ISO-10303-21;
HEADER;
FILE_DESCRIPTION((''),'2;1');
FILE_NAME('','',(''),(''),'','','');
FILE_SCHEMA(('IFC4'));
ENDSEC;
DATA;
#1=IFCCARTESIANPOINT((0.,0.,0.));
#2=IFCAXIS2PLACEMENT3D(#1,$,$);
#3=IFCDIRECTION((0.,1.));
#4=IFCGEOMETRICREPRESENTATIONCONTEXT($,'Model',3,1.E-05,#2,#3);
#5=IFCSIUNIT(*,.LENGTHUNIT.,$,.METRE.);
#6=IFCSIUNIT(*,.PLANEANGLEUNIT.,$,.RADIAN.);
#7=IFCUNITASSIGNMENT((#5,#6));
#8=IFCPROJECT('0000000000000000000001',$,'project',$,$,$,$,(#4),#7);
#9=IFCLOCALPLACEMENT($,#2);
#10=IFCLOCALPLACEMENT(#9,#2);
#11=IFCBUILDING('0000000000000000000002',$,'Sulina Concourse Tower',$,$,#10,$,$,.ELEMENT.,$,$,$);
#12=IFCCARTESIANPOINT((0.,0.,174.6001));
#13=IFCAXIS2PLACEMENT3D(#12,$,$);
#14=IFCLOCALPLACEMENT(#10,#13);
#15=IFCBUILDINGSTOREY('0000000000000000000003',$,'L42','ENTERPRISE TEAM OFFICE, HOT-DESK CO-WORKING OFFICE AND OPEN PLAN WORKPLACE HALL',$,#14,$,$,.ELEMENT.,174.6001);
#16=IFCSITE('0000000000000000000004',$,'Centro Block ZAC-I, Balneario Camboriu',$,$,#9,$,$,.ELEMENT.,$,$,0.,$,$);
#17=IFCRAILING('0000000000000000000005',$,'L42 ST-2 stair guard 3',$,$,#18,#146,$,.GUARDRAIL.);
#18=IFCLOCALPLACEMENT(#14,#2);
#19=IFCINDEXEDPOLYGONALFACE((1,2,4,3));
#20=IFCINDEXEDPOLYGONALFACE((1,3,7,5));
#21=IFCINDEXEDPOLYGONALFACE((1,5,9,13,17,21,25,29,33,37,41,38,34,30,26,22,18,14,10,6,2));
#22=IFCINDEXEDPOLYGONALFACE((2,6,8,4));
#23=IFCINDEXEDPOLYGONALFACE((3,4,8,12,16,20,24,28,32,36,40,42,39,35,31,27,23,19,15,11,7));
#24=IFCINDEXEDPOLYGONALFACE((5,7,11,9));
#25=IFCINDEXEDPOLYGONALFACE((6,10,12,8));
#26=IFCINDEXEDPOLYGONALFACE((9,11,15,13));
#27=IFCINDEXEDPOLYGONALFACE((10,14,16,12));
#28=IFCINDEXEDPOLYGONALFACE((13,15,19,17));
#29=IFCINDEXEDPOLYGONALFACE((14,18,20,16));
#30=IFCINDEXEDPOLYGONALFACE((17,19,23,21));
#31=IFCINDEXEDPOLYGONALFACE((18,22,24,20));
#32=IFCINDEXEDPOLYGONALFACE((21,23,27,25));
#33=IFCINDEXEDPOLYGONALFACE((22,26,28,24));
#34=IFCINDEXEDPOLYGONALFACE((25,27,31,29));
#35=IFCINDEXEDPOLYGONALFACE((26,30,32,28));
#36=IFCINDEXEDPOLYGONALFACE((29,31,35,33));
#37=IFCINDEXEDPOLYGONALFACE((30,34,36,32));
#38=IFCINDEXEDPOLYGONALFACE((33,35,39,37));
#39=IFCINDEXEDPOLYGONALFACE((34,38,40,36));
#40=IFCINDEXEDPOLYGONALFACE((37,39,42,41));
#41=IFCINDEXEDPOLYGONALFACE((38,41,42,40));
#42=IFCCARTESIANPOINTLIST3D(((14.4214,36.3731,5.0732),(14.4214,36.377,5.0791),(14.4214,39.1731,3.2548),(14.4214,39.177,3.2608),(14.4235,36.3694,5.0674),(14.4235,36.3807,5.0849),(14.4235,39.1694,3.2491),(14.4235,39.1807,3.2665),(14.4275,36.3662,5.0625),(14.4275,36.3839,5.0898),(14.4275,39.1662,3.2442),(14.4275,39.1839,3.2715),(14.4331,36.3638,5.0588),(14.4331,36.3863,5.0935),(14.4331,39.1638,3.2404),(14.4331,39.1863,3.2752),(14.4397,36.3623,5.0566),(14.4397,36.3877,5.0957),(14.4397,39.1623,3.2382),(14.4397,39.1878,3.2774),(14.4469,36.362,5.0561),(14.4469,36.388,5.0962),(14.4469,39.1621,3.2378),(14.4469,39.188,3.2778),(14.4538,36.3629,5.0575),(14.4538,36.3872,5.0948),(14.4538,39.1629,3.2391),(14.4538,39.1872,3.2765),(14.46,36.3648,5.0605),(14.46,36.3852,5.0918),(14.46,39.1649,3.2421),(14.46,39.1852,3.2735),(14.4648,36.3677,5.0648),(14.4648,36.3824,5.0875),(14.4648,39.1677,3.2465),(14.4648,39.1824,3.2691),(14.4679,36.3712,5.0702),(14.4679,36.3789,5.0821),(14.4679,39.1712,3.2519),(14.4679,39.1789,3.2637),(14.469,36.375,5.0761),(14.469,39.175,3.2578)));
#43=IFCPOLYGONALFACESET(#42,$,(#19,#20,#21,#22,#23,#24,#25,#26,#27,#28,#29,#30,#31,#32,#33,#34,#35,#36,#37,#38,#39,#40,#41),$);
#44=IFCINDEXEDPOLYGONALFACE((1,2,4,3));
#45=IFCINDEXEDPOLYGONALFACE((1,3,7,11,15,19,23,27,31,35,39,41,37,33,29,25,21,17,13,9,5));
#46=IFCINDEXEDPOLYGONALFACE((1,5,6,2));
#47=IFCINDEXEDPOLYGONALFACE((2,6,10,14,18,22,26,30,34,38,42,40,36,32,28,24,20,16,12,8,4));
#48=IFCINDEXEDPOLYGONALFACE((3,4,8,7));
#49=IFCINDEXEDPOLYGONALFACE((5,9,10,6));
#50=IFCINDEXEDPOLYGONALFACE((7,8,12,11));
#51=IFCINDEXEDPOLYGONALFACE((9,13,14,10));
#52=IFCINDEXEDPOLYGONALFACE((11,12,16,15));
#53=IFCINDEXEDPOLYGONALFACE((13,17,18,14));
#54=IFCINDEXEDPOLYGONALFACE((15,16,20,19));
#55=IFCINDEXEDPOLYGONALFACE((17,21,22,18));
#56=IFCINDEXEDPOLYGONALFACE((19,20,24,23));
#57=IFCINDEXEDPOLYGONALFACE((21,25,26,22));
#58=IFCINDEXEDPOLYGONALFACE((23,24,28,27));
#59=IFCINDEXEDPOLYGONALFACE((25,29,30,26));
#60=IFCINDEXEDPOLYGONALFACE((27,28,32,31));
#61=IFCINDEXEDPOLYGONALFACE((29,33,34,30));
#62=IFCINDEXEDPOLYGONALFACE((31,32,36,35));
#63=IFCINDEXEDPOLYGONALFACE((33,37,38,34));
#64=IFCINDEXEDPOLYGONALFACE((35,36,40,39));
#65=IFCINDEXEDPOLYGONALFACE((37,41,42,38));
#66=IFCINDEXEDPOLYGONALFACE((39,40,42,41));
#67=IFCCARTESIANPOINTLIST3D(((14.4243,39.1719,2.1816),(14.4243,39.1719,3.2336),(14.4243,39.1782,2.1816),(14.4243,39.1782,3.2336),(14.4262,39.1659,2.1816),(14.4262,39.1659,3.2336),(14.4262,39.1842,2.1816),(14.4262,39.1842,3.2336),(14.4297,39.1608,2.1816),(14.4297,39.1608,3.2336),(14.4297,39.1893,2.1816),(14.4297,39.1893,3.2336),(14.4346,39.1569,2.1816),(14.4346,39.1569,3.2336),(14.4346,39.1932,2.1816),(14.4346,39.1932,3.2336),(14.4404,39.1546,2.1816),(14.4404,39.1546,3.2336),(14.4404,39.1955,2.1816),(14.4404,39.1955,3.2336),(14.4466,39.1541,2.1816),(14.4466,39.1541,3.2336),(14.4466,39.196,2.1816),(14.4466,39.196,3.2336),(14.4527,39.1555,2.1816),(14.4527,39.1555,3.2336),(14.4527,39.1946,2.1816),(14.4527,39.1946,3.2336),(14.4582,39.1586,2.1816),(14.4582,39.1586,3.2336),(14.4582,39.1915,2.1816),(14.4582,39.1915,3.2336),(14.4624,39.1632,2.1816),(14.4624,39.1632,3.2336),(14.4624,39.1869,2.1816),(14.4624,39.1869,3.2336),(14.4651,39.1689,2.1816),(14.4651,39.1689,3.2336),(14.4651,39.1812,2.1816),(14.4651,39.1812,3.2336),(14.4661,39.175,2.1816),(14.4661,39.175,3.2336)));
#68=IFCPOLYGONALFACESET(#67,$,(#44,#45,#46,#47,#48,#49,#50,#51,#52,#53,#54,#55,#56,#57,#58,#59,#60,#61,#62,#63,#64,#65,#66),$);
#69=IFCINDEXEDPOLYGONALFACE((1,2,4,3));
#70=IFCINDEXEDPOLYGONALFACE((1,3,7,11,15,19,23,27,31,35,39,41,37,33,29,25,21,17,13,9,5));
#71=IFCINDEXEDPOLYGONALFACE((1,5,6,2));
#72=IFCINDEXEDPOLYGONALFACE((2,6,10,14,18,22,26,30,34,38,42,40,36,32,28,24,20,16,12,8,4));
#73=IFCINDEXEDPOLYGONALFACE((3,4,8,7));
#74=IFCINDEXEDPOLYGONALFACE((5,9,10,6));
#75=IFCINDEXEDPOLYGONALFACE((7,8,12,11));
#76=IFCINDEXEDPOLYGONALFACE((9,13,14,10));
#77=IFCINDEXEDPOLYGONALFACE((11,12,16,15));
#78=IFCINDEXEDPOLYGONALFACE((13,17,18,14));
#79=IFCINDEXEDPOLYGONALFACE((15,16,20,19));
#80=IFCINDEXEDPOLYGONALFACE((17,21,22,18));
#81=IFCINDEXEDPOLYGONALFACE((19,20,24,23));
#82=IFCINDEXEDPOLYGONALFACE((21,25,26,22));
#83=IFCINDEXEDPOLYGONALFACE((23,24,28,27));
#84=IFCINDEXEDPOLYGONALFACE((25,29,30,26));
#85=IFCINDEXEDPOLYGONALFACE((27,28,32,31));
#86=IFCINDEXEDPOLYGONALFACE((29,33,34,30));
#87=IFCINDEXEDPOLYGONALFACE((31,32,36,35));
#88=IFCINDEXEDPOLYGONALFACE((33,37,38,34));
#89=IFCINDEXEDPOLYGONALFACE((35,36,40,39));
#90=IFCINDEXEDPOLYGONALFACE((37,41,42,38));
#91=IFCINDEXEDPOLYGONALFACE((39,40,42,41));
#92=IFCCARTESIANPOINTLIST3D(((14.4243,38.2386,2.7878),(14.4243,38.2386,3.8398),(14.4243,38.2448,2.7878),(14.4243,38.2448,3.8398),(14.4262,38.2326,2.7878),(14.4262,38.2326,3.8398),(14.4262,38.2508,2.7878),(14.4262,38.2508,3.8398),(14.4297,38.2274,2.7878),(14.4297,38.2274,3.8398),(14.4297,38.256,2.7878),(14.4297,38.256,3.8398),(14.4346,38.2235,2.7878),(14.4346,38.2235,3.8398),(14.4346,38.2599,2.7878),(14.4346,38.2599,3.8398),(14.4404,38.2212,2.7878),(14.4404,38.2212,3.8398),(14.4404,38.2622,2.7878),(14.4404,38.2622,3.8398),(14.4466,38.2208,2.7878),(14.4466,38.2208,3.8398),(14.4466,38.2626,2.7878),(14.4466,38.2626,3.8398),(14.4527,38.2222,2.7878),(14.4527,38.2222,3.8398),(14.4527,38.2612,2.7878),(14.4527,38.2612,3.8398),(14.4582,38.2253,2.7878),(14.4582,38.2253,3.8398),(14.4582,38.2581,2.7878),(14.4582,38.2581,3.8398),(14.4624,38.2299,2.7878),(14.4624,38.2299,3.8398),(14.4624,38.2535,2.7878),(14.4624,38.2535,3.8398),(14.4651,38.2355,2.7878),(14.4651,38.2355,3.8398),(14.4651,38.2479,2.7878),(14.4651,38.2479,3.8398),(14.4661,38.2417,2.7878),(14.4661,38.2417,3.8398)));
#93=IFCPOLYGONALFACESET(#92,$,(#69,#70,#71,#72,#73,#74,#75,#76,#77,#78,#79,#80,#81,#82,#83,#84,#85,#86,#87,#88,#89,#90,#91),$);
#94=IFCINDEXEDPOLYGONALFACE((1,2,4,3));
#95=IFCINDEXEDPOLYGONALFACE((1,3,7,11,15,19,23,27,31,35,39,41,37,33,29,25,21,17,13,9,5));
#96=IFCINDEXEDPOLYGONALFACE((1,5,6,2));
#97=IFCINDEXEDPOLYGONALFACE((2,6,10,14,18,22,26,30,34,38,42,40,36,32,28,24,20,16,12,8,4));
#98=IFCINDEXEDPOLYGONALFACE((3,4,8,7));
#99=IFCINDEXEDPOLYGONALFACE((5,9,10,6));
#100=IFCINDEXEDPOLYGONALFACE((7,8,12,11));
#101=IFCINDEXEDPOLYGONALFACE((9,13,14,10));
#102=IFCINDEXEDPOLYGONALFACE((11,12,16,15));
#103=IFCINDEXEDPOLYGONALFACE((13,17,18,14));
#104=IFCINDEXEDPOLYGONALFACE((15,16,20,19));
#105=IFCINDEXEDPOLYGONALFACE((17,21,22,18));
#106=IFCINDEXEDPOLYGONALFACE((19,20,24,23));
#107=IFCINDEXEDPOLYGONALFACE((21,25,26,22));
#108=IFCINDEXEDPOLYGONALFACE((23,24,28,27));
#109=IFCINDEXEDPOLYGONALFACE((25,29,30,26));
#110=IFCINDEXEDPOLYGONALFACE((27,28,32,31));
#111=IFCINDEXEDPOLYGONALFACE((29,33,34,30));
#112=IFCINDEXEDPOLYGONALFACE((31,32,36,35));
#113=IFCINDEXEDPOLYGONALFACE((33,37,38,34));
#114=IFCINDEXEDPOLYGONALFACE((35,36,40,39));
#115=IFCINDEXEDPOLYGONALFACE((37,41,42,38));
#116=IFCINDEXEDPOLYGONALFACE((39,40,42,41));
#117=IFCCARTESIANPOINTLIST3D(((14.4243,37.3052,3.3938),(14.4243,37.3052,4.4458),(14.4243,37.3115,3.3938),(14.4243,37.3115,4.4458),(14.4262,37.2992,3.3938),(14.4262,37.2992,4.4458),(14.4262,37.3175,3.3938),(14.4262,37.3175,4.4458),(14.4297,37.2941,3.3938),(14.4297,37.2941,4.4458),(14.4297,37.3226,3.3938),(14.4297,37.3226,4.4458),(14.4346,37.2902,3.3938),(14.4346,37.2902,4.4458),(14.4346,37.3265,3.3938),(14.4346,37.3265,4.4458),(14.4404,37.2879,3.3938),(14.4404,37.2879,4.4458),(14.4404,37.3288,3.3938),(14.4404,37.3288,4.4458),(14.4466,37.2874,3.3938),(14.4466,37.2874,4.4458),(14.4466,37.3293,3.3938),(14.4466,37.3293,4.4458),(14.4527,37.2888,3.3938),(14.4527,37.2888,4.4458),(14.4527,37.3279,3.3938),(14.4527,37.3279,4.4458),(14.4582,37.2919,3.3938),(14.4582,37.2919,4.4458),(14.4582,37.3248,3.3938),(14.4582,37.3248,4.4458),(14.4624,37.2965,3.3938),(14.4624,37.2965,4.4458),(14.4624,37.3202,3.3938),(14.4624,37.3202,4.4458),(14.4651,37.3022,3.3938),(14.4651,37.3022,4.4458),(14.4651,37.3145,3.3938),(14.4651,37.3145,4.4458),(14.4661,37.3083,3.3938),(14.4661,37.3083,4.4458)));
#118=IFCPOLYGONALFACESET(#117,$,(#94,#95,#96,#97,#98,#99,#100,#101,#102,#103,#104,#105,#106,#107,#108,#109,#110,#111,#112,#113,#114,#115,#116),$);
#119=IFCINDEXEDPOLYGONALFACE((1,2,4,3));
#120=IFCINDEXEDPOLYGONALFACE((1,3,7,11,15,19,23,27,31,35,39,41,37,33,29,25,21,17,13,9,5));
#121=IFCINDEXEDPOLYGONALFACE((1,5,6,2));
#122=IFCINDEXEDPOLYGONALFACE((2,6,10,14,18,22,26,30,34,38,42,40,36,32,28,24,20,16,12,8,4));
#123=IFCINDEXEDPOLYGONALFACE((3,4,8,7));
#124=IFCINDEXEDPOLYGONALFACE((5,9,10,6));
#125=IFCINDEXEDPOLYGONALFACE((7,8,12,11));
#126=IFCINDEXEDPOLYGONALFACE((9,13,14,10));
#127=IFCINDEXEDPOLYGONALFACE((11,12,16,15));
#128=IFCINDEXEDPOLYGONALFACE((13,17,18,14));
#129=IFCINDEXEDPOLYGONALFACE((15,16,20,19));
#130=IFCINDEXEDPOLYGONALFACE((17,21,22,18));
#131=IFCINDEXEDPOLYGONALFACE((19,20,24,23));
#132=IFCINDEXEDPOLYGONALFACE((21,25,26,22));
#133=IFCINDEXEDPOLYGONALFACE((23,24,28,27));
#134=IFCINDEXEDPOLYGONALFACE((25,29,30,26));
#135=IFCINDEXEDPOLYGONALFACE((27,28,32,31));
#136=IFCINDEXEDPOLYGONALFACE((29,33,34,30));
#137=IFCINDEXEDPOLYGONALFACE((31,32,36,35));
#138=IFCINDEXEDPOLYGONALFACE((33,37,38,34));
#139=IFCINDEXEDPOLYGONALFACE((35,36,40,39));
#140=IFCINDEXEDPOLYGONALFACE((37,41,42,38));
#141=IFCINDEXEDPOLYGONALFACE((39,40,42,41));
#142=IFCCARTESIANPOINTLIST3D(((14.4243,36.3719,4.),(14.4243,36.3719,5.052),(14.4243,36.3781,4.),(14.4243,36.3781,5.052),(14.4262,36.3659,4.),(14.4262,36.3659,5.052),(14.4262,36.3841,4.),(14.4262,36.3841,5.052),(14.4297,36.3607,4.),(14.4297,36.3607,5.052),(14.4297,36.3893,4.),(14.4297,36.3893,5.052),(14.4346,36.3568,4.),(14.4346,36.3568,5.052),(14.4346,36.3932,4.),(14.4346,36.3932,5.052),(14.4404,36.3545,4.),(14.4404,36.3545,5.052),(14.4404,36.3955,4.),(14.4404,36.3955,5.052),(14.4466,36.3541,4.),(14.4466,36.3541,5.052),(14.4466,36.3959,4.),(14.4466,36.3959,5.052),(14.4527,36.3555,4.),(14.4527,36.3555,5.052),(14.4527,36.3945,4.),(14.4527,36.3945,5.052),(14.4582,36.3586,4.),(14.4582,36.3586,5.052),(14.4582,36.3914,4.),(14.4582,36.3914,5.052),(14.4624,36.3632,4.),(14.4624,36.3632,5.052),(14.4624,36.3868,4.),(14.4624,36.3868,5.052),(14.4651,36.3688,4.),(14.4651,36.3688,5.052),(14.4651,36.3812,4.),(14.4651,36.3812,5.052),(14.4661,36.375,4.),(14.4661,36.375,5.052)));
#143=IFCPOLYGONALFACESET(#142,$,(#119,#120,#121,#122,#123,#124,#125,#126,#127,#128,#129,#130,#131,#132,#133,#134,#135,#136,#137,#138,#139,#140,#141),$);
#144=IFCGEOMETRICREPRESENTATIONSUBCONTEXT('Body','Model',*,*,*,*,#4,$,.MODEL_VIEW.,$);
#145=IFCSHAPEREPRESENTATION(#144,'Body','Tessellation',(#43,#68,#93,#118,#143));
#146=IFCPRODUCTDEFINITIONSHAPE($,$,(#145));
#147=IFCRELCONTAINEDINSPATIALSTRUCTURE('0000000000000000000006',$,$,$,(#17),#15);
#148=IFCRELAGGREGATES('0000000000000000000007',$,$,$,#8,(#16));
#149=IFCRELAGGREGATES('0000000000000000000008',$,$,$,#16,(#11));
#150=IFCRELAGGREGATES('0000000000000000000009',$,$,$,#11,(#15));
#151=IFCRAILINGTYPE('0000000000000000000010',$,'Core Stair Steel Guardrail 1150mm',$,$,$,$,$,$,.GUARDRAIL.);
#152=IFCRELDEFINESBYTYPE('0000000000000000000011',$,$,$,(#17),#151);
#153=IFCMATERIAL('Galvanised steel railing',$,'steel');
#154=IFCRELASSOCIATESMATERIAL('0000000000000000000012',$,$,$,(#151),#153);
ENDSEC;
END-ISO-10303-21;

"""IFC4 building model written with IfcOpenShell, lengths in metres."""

from ifc_helpers import new_model, si_unit, direction, frame, origin, origin_2d, place, context, subcontext, project, spatial, circle, extrude, material, type_object, element, save


model = new_model("IFC4")

# Units and contexts
model_context = context("Model", 3, precision=1e-05, world=origin(), true_north=direction((0.0, 1.0)))
body_context = subcontext(model_context, "Body", "Model", "MODEL_VIEW")
ifc_project = project(units=[si_unit("LENGTHUNIT", "METRE"), si_unit("PLANEANGLEUNIT", "RADIAN")], contexts=[model_context])

# Site, building, storey
site_placement = place(None, origin())
site = spatial("IfcSite", under=ifc_project, at=site_placement, Name="Centro Block ZAC-I, Balneario Camboriu", CompositionType="ELEMENT", RefElevation=0.0)
building_placement = place(site_placement, origin())
building = spatial("IfcBuilding", under=site, at=building_placement, Name="Sulina Concourse Tower", CompositionType="ELEMENT")
storey_placement = place(building_placement, frame((0.0, 0.0, 174.6001)))
storey = spatial("IfcBuildingStorey", under=building, at=storey_placement, Name="L42", Description="ENTERPRISE TEAM OFFICE, HOT-DESK CO-WORKING OFFICE AND OPEN PLAN WORKPLACE HALL", CompositionType="ELEMENT", Elevation=174.6001)

# Railing
ifc_material_1 = material(Name="Galvanised steel railing", Category="steel")
railing_type_1 = type_object("IfcRailingType", Name="Core Stair Steel Guardrail 1150mm", PredefinedType="GUARDRAIL", material=ifc_material_1)
railing_1_placement = place(storey_placement, frame((14.4451, 39.175, 2.1816)))
element("IfcRailing", 1, at=railing_1_placement, inside=storey, type_object=railing_type_1, Name="L42 ST-2 stair guard 3", PredefinedType="GUARDRAIL", context=body_context, shape_type="SweptSolid", body=[
    extrude(circle(Radius=0.0239, at=origin_2d()), frame((0.0, 0.0, 1.0762), z_axis=(0.0, -0.838672, 0.544636), x_axis=(1.0, 0.0, 0.0)), (0.0, 0.0, 1.0), 3.3386),
    extrude(circle(Radius=0.021, at=origin_2d()), origin(), (0.0, 0.0, 1.0), 1.052),
    extrude(circle(Radius=0.021, at=origin_2d()), frame((0.0, -0.9333, 0.6062)), (0.0, 0.0, 1.0), 1.052),
    extrude(circle(Radius=0.021, at=origin_2d()), frame((0.0, -1.8667, 1.2122)), (0.0, 0.0, 1.0), 1.052),
    extrude(circle(Radius=0.021, at=origin_2d()), frame((0.0, -2.8, 1.8184)), (0.0, 0.0, 1.0), 1.052),
])

save(model, "model.ifc")
